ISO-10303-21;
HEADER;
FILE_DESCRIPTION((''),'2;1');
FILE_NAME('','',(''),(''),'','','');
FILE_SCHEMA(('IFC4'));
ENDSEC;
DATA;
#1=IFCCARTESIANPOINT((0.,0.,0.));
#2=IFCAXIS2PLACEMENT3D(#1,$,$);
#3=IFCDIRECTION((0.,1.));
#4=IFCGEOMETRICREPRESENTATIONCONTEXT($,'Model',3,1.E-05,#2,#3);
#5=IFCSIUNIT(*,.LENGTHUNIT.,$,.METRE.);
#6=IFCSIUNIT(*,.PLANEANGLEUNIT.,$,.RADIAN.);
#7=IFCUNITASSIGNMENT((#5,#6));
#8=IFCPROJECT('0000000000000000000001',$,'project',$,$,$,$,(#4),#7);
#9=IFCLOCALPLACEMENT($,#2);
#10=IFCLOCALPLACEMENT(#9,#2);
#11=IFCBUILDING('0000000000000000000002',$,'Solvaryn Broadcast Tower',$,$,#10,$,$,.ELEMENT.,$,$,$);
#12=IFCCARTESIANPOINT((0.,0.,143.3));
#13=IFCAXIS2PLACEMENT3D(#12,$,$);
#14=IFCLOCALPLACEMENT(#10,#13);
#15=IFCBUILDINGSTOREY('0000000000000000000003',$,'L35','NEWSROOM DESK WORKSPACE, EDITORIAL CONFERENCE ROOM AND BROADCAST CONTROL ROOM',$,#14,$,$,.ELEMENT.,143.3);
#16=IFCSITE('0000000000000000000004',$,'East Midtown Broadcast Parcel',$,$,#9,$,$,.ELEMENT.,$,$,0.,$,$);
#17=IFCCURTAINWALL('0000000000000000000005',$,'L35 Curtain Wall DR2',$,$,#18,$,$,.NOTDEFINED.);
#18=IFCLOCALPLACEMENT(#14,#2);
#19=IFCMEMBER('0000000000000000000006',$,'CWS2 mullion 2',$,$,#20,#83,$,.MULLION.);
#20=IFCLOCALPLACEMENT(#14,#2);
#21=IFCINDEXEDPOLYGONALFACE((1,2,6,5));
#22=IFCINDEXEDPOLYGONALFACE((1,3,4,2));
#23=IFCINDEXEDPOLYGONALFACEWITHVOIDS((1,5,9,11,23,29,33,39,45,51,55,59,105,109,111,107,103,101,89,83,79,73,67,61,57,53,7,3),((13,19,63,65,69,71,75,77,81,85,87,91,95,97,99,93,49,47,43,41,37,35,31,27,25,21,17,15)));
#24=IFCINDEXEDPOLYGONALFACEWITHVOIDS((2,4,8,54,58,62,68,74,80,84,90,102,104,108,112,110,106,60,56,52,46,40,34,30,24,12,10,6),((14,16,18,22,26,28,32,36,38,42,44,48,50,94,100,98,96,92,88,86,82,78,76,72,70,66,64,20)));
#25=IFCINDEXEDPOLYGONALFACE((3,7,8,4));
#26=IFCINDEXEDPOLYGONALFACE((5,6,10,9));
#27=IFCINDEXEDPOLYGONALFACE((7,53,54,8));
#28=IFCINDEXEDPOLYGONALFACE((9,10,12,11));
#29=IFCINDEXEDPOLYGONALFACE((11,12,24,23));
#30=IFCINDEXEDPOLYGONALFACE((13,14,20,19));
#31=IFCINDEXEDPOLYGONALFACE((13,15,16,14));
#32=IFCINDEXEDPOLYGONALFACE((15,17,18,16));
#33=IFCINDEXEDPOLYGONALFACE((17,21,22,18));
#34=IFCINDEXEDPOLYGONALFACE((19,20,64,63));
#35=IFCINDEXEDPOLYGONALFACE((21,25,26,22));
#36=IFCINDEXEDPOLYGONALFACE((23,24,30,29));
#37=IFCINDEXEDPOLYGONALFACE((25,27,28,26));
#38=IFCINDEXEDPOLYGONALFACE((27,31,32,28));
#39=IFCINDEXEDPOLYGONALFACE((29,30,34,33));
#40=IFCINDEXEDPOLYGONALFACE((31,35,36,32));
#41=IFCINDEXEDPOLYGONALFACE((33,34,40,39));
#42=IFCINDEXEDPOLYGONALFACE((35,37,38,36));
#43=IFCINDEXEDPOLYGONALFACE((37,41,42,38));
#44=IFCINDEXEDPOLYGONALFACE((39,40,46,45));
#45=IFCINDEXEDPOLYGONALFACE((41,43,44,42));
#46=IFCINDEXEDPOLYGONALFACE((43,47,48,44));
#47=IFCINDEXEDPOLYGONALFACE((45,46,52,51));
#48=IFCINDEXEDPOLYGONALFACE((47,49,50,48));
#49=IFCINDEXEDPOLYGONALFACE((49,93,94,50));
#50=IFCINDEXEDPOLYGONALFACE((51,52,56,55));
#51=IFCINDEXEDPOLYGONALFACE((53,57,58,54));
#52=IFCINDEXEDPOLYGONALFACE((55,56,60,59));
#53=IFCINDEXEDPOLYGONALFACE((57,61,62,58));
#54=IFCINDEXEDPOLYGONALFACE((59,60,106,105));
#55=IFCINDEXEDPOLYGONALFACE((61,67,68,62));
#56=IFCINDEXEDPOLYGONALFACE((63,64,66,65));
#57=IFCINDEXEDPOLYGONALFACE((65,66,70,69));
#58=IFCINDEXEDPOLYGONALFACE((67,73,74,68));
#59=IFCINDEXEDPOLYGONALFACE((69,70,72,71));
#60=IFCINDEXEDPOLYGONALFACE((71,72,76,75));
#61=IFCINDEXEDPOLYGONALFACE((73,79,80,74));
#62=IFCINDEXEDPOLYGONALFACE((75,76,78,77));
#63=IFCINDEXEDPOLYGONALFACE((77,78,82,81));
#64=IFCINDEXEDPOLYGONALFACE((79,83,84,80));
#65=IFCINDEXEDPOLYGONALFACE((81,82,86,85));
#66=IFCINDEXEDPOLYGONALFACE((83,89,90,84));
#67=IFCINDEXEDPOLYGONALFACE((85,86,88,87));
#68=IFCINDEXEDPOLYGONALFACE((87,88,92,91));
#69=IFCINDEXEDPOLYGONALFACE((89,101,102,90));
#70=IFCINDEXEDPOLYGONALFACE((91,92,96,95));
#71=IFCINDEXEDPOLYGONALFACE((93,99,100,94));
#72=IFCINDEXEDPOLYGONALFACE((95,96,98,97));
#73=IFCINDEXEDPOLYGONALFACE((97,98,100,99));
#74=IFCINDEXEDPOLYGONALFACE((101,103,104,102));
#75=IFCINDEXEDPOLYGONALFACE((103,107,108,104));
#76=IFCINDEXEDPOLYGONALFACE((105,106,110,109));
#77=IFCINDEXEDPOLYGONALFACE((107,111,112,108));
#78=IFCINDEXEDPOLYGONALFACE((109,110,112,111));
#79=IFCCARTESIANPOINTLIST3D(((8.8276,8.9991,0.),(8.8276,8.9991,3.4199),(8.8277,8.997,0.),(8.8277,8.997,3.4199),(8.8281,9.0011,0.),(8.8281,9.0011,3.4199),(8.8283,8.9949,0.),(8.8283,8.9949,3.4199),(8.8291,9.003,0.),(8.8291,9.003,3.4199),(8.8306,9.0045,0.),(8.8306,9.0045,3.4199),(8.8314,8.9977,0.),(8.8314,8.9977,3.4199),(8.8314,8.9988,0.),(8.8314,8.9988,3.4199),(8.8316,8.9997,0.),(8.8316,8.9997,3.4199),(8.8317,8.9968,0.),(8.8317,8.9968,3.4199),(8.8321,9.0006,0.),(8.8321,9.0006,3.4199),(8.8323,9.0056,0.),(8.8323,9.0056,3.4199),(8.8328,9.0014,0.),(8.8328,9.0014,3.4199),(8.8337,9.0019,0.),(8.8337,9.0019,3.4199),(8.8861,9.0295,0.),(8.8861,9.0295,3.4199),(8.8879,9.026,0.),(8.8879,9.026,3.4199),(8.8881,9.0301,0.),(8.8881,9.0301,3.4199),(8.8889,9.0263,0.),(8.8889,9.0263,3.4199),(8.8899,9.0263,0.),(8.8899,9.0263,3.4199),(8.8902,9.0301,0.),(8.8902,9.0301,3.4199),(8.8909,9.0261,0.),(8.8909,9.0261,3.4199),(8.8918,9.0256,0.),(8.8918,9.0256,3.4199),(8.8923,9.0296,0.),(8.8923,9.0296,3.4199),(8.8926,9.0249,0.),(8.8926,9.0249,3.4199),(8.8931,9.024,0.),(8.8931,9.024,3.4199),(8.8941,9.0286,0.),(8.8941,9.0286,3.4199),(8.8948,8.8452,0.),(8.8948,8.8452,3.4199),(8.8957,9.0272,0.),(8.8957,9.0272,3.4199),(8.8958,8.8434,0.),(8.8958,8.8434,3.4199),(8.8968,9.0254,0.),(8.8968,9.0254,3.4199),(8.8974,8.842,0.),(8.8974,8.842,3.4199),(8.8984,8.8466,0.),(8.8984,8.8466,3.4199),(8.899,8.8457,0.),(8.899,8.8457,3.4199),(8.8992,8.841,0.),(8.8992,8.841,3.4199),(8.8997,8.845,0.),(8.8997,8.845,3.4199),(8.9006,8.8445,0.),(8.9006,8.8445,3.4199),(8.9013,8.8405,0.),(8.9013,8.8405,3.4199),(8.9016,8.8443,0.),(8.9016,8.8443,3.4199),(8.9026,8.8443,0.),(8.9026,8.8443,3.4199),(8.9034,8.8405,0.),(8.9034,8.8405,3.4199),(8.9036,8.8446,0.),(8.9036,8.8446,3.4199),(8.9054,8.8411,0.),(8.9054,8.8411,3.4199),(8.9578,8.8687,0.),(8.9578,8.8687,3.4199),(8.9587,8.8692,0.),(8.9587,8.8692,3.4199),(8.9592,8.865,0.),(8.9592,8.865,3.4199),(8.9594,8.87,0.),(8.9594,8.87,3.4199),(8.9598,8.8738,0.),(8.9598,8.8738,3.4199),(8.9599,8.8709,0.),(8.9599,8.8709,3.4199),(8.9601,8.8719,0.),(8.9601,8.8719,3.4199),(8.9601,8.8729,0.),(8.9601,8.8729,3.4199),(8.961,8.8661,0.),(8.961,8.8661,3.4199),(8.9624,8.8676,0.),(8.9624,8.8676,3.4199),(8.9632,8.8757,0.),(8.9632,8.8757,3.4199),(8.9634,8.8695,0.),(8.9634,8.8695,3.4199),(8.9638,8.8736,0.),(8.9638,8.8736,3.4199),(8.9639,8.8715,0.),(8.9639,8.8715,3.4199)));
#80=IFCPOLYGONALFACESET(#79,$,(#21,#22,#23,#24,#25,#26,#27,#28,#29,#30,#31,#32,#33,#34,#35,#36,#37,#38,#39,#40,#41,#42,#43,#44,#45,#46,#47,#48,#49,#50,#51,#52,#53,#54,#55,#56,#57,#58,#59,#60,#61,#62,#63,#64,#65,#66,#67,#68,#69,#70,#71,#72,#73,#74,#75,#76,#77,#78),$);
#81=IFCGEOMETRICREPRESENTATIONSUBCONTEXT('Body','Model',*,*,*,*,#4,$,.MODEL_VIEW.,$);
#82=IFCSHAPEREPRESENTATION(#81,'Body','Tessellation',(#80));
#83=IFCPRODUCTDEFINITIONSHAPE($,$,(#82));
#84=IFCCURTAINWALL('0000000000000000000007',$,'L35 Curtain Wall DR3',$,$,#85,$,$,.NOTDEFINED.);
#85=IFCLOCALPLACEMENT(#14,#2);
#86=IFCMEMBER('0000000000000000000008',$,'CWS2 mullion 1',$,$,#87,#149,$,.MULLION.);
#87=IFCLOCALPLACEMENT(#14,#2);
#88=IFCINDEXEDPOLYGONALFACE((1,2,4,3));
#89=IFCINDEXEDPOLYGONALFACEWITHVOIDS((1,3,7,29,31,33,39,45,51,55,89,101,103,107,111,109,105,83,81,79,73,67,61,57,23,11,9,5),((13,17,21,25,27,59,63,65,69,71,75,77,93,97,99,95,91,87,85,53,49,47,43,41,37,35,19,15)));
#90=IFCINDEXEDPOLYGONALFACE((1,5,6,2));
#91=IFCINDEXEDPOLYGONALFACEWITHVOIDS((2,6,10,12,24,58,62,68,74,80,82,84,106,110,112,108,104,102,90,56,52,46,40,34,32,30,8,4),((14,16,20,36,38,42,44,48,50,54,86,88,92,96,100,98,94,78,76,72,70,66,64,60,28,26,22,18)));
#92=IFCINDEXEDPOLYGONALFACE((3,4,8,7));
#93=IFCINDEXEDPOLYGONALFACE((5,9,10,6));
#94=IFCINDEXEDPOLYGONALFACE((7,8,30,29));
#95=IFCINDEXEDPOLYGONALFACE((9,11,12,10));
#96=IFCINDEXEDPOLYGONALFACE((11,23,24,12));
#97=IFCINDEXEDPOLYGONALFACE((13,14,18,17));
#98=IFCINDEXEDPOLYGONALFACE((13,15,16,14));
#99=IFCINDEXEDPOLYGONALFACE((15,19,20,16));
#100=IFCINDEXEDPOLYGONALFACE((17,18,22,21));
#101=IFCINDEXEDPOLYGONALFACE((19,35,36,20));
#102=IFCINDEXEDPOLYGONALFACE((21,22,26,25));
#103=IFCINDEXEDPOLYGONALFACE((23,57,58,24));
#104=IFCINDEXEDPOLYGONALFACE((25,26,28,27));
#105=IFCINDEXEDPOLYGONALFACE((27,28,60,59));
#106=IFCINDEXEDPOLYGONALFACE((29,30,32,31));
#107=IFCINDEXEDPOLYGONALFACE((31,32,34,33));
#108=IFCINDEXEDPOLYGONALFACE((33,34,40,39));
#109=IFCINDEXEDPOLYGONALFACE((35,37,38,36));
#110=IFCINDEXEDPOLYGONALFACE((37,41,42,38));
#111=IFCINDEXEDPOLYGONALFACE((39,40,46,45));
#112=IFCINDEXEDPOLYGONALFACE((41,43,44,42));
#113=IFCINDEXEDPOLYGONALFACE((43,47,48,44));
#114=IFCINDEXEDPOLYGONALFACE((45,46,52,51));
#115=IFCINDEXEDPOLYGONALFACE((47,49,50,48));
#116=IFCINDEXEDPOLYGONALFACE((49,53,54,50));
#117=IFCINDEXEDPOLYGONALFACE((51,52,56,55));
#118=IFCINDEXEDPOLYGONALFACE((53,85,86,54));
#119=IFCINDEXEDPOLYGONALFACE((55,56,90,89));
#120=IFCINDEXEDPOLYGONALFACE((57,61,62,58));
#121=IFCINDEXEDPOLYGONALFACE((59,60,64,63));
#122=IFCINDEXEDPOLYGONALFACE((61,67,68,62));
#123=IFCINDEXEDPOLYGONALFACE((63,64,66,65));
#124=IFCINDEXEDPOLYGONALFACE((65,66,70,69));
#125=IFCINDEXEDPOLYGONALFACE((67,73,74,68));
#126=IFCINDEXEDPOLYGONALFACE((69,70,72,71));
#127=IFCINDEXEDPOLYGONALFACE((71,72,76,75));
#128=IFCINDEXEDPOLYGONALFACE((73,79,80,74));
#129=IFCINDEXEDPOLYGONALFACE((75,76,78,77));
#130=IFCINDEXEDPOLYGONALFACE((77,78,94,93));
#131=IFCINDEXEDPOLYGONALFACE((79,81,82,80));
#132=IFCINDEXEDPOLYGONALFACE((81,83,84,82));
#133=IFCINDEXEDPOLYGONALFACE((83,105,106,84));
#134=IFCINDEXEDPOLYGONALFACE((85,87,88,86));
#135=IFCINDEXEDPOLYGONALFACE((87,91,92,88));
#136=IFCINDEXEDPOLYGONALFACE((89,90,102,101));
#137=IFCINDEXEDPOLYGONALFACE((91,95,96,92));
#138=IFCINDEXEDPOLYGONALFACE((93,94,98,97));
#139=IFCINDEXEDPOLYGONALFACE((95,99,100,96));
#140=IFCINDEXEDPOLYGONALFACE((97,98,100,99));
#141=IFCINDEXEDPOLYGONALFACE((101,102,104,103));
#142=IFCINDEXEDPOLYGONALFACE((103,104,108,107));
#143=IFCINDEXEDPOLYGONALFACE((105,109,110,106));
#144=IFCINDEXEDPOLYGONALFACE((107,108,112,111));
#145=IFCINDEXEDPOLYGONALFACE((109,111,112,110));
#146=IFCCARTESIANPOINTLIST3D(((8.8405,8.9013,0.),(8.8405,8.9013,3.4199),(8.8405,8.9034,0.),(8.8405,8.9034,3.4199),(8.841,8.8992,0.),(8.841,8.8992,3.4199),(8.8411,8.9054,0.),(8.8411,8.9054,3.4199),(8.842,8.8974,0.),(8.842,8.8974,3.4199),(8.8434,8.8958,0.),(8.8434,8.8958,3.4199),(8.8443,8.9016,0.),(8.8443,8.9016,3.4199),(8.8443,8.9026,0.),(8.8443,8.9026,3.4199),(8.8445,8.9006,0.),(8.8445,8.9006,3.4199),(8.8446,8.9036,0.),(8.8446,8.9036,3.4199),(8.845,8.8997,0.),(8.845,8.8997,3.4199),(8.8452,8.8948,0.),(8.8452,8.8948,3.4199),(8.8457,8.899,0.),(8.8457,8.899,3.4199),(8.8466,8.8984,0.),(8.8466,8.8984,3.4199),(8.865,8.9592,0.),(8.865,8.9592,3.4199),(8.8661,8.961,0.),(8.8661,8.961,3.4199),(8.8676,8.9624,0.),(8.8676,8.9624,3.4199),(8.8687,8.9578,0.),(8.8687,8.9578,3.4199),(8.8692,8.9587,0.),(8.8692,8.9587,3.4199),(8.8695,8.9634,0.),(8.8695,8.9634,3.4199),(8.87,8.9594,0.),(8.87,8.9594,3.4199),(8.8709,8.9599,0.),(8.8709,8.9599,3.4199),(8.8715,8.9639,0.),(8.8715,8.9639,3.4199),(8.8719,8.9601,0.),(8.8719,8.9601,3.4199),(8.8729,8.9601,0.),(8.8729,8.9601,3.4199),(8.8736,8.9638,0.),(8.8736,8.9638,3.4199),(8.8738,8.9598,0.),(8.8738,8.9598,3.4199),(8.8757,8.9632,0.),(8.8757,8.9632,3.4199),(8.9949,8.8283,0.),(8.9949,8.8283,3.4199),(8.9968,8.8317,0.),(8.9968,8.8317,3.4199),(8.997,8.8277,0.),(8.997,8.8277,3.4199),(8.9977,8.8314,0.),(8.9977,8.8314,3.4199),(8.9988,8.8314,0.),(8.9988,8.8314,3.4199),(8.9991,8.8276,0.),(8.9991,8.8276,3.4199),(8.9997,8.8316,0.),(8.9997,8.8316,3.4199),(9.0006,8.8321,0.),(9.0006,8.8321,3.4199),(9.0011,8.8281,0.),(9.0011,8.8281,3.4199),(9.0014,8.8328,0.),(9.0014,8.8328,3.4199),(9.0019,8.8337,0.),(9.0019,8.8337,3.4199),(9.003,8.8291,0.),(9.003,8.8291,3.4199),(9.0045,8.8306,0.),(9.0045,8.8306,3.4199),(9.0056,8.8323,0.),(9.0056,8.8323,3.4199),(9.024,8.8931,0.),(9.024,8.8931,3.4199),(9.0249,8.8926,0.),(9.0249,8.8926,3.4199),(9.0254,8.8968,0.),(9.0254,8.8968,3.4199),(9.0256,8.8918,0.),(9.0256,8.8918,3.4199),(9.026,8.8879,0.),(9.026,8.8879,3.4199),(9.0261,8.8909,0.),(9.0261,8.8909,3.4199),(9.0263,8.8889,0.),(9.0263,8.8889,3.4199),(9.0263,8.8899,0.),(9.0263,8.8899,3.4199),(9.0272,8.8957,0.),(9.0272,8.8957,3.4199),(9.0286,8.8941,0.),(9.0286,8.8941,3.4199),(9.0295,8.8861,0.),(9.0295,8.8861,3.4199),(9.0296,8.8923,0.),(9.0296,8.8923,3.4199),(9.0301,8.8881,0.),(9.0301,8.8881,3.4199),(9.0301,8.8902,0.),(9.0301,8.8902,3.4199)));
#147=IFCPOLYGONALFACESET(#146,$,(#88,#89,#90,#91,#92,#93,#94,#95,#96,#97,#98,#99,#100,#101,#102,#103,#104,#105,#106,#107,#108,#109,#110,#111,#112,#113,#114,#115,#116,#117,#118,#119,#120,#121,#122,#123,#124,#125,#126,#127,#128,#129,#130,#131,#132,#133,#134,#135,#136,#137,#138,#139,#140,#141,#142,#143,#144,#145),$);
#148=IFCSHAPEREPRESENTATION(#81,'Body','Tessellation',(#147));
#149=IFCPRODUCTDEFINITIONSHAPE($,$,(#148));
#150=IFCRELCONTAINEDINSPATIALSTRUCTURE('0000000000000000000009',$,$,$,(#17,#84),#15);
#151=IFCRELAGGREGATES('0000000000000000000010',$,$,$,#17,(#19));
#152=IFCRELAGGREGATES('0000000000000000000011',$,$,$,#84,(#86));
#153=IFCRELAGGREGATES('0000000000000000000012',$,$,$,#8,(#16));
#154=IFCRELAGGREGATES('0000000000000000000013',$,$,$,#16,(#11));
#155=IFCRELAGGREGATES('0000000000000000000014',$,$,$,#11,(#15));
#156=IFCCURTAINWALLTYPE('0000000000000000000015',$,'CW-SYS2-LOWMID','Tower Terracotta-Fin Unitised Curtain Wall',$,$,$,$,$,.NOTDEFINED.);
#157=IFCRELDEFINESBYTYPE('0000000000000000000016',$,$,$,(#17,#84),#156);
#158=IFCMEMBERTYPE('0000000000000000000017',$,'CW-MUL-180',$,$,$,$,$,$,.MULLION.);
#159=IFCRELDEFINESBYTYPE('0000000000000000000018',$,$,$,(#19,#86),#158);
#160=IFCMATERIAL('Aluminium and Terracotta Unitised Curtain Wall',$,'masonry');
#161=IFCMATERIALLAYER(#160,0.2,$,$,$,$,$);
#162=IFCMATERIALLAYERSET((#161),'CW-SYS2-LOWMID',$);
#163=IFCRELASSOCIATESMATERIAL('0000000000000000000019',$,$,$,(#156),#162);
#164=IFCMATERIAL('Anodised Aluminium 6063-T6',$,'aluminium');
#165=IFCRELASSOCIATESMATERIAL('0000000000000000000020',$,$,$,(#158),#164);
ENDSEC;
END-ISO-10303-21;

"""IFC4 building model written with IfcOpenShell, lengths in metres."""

from ifc_helpers import new_model, si_unit, direction, frame, origin, origin_2d, place, context, subcontext, project, spatial, hollow_rectangle, extrude, material, layer, layer_set, material_profile, profile_set, type_object, element, aggregate, save


model = new_model("IFC4")

# Units and contexts
model_context = context("Model", 3, precision=1e-05, world=origin(), true_north=direction((0.0, 1.0)))
body_context = subcontext(model_context, "Body", "Model", "MODEL_VIEW")
ifc_project = project(units=[si_unit("LENGTHUNIT", "METRE"), si_unit("PLANEANGLEUNIT", "RADIAN")], contexts=[model_context])

# Site, building, storey
site_placement = place(None, origin())
site = spatial("IfcSite", under=ifc_project, at=site_placement, Name="East Midtown Broadcast Parcel", CompositionType="ELEMENT", RefElevation=0.0)
building_placement = place(site_placement, origin())
building = spatial("IfcBuilding", under=site, at=building_placement, Name="Solvaryn Broadcast Tower", CompositionType="ELEMENT")
storey_placement = place(building_placement, frame((0.0, 0.0, 143.3)))
storey = spatial("IfcBuildingStorey", under=building, at=storey_placement, Name="L35", Description="NEWSROOM DESK WORKSPACE, EDITORIAL CONFERENCE ROOM AND BROADCAST CONTROL ROOM", CompositionType="ELEMENT", Elevation=143.3)

# Curtain wall, member
ifc_material_1 = material(Name="Aluminium and Terracotta Unitised Curtain Wall", Category="masonry")
ifc_layer_1 = layer(ifc_material_1, 0.2)
ifc_layer_set_1 = layer_set([ifc_layer_1], Name="CW-SYS2-LOWMID")
curtain_wall_type = type_object("IfcCurtainWallType", Name="CW-SYS2-LOWMID", Description="Tower Terracotta-Fin Unitised Curtain Wall", PredefinedType="NOTDEFINED", material=ifc_layer_set_1)
curtain_wall_1_placement = place(storey_placement, origin())
curtain_wall_1 = element("IfcCurtainWall", 1, at=curtain_wall_1_placement, inside=storey, type_object=curtain_wall_type, Name="L35 Curtain Wall DR2", PredefinedType="NOTDEFINED")
ifc_material_2 = material(Name="Anodised Aluminium 6063-T6", Category="aluminium")
ifc_material_profile_1 = material_profile(ifc_material_2, hollow_rectangle(XDim=0.075, YDim=0.1799, WallThickness=0.0039, InnerFilletRadius=0.0039, OuterFilletRadius=0.0081, at=origin_2d()))
ifc_profile_set_1 = profile_set([ifc_material_profile_1], Name="Anodised Aluminium 6063-T6")
member_type_1 = type_object("IfcMemberType", Name="CW-MUL-180", PredefinedType="MULLION", material=ifc_profile_set_1)
member_1_placement = place(storey_placement, frame((8.8958, 8.9353, 0.0), z_axis=(0.0, 0.0, 1.0), x_axis=(0.913909, 0.405918, 0.0)))
member_1 = element("IfcMember", 2, at=member_1_placement, type_object=member_type_1, Name="CWS2 mullion 2", PredefinedType="MULLION", context=body_context, shape_type="SweptSolid", body=[
    extrude(hollow_rectangle(XDim=0.075, YDim=0.1799, WallThickness=0.0039, InnerFilletRadius=0.0039, OuterFilletRadius=0.0081, at=origin_2d()), origin(), (0.0, 0.0, 1.0), 3.4199),
])
aggregate(curtain_wall_1, [member_1])

# Curtain wall, member
curtain_wall_2_placement = place(storey_placement, origin())
curtain_wall_2 = element("IfcCurtainWall", 3, at=curtain_wall_2_placement, inside=storey, type_object=curtain_wall_type, Name="L35 Curtain Wall DR3", PredefinedType="NOTDEFINED")
member_2_placement = place(storey_placement, frame((8.9353, 8.8958, 0.0), z_axis=(0.0, 0.0, 1.0), x_axis=(0.405918, 0.913909, 0.0)))
member_2 = element("IfcMember", 4, at=member_2_placement, type_object=member_type_1, Name="CWS2 mullion 1", PredefinedType="MULLION", context=body_context, shape_type="SweptSolid", body=[
    extrude(hollow_rectangle(XDim=0.075, YDim=0.1799, WallThickness=0.0039, InnerFilletRadius=0.0039, OuterFilletRadius=0.0081, at=origin_2d()), origin(), (0.0, 0.0, 1.0), 3.4199),
])
aggregate(curtain_wall_2, [member_2])

save(model, "model.ifc")
